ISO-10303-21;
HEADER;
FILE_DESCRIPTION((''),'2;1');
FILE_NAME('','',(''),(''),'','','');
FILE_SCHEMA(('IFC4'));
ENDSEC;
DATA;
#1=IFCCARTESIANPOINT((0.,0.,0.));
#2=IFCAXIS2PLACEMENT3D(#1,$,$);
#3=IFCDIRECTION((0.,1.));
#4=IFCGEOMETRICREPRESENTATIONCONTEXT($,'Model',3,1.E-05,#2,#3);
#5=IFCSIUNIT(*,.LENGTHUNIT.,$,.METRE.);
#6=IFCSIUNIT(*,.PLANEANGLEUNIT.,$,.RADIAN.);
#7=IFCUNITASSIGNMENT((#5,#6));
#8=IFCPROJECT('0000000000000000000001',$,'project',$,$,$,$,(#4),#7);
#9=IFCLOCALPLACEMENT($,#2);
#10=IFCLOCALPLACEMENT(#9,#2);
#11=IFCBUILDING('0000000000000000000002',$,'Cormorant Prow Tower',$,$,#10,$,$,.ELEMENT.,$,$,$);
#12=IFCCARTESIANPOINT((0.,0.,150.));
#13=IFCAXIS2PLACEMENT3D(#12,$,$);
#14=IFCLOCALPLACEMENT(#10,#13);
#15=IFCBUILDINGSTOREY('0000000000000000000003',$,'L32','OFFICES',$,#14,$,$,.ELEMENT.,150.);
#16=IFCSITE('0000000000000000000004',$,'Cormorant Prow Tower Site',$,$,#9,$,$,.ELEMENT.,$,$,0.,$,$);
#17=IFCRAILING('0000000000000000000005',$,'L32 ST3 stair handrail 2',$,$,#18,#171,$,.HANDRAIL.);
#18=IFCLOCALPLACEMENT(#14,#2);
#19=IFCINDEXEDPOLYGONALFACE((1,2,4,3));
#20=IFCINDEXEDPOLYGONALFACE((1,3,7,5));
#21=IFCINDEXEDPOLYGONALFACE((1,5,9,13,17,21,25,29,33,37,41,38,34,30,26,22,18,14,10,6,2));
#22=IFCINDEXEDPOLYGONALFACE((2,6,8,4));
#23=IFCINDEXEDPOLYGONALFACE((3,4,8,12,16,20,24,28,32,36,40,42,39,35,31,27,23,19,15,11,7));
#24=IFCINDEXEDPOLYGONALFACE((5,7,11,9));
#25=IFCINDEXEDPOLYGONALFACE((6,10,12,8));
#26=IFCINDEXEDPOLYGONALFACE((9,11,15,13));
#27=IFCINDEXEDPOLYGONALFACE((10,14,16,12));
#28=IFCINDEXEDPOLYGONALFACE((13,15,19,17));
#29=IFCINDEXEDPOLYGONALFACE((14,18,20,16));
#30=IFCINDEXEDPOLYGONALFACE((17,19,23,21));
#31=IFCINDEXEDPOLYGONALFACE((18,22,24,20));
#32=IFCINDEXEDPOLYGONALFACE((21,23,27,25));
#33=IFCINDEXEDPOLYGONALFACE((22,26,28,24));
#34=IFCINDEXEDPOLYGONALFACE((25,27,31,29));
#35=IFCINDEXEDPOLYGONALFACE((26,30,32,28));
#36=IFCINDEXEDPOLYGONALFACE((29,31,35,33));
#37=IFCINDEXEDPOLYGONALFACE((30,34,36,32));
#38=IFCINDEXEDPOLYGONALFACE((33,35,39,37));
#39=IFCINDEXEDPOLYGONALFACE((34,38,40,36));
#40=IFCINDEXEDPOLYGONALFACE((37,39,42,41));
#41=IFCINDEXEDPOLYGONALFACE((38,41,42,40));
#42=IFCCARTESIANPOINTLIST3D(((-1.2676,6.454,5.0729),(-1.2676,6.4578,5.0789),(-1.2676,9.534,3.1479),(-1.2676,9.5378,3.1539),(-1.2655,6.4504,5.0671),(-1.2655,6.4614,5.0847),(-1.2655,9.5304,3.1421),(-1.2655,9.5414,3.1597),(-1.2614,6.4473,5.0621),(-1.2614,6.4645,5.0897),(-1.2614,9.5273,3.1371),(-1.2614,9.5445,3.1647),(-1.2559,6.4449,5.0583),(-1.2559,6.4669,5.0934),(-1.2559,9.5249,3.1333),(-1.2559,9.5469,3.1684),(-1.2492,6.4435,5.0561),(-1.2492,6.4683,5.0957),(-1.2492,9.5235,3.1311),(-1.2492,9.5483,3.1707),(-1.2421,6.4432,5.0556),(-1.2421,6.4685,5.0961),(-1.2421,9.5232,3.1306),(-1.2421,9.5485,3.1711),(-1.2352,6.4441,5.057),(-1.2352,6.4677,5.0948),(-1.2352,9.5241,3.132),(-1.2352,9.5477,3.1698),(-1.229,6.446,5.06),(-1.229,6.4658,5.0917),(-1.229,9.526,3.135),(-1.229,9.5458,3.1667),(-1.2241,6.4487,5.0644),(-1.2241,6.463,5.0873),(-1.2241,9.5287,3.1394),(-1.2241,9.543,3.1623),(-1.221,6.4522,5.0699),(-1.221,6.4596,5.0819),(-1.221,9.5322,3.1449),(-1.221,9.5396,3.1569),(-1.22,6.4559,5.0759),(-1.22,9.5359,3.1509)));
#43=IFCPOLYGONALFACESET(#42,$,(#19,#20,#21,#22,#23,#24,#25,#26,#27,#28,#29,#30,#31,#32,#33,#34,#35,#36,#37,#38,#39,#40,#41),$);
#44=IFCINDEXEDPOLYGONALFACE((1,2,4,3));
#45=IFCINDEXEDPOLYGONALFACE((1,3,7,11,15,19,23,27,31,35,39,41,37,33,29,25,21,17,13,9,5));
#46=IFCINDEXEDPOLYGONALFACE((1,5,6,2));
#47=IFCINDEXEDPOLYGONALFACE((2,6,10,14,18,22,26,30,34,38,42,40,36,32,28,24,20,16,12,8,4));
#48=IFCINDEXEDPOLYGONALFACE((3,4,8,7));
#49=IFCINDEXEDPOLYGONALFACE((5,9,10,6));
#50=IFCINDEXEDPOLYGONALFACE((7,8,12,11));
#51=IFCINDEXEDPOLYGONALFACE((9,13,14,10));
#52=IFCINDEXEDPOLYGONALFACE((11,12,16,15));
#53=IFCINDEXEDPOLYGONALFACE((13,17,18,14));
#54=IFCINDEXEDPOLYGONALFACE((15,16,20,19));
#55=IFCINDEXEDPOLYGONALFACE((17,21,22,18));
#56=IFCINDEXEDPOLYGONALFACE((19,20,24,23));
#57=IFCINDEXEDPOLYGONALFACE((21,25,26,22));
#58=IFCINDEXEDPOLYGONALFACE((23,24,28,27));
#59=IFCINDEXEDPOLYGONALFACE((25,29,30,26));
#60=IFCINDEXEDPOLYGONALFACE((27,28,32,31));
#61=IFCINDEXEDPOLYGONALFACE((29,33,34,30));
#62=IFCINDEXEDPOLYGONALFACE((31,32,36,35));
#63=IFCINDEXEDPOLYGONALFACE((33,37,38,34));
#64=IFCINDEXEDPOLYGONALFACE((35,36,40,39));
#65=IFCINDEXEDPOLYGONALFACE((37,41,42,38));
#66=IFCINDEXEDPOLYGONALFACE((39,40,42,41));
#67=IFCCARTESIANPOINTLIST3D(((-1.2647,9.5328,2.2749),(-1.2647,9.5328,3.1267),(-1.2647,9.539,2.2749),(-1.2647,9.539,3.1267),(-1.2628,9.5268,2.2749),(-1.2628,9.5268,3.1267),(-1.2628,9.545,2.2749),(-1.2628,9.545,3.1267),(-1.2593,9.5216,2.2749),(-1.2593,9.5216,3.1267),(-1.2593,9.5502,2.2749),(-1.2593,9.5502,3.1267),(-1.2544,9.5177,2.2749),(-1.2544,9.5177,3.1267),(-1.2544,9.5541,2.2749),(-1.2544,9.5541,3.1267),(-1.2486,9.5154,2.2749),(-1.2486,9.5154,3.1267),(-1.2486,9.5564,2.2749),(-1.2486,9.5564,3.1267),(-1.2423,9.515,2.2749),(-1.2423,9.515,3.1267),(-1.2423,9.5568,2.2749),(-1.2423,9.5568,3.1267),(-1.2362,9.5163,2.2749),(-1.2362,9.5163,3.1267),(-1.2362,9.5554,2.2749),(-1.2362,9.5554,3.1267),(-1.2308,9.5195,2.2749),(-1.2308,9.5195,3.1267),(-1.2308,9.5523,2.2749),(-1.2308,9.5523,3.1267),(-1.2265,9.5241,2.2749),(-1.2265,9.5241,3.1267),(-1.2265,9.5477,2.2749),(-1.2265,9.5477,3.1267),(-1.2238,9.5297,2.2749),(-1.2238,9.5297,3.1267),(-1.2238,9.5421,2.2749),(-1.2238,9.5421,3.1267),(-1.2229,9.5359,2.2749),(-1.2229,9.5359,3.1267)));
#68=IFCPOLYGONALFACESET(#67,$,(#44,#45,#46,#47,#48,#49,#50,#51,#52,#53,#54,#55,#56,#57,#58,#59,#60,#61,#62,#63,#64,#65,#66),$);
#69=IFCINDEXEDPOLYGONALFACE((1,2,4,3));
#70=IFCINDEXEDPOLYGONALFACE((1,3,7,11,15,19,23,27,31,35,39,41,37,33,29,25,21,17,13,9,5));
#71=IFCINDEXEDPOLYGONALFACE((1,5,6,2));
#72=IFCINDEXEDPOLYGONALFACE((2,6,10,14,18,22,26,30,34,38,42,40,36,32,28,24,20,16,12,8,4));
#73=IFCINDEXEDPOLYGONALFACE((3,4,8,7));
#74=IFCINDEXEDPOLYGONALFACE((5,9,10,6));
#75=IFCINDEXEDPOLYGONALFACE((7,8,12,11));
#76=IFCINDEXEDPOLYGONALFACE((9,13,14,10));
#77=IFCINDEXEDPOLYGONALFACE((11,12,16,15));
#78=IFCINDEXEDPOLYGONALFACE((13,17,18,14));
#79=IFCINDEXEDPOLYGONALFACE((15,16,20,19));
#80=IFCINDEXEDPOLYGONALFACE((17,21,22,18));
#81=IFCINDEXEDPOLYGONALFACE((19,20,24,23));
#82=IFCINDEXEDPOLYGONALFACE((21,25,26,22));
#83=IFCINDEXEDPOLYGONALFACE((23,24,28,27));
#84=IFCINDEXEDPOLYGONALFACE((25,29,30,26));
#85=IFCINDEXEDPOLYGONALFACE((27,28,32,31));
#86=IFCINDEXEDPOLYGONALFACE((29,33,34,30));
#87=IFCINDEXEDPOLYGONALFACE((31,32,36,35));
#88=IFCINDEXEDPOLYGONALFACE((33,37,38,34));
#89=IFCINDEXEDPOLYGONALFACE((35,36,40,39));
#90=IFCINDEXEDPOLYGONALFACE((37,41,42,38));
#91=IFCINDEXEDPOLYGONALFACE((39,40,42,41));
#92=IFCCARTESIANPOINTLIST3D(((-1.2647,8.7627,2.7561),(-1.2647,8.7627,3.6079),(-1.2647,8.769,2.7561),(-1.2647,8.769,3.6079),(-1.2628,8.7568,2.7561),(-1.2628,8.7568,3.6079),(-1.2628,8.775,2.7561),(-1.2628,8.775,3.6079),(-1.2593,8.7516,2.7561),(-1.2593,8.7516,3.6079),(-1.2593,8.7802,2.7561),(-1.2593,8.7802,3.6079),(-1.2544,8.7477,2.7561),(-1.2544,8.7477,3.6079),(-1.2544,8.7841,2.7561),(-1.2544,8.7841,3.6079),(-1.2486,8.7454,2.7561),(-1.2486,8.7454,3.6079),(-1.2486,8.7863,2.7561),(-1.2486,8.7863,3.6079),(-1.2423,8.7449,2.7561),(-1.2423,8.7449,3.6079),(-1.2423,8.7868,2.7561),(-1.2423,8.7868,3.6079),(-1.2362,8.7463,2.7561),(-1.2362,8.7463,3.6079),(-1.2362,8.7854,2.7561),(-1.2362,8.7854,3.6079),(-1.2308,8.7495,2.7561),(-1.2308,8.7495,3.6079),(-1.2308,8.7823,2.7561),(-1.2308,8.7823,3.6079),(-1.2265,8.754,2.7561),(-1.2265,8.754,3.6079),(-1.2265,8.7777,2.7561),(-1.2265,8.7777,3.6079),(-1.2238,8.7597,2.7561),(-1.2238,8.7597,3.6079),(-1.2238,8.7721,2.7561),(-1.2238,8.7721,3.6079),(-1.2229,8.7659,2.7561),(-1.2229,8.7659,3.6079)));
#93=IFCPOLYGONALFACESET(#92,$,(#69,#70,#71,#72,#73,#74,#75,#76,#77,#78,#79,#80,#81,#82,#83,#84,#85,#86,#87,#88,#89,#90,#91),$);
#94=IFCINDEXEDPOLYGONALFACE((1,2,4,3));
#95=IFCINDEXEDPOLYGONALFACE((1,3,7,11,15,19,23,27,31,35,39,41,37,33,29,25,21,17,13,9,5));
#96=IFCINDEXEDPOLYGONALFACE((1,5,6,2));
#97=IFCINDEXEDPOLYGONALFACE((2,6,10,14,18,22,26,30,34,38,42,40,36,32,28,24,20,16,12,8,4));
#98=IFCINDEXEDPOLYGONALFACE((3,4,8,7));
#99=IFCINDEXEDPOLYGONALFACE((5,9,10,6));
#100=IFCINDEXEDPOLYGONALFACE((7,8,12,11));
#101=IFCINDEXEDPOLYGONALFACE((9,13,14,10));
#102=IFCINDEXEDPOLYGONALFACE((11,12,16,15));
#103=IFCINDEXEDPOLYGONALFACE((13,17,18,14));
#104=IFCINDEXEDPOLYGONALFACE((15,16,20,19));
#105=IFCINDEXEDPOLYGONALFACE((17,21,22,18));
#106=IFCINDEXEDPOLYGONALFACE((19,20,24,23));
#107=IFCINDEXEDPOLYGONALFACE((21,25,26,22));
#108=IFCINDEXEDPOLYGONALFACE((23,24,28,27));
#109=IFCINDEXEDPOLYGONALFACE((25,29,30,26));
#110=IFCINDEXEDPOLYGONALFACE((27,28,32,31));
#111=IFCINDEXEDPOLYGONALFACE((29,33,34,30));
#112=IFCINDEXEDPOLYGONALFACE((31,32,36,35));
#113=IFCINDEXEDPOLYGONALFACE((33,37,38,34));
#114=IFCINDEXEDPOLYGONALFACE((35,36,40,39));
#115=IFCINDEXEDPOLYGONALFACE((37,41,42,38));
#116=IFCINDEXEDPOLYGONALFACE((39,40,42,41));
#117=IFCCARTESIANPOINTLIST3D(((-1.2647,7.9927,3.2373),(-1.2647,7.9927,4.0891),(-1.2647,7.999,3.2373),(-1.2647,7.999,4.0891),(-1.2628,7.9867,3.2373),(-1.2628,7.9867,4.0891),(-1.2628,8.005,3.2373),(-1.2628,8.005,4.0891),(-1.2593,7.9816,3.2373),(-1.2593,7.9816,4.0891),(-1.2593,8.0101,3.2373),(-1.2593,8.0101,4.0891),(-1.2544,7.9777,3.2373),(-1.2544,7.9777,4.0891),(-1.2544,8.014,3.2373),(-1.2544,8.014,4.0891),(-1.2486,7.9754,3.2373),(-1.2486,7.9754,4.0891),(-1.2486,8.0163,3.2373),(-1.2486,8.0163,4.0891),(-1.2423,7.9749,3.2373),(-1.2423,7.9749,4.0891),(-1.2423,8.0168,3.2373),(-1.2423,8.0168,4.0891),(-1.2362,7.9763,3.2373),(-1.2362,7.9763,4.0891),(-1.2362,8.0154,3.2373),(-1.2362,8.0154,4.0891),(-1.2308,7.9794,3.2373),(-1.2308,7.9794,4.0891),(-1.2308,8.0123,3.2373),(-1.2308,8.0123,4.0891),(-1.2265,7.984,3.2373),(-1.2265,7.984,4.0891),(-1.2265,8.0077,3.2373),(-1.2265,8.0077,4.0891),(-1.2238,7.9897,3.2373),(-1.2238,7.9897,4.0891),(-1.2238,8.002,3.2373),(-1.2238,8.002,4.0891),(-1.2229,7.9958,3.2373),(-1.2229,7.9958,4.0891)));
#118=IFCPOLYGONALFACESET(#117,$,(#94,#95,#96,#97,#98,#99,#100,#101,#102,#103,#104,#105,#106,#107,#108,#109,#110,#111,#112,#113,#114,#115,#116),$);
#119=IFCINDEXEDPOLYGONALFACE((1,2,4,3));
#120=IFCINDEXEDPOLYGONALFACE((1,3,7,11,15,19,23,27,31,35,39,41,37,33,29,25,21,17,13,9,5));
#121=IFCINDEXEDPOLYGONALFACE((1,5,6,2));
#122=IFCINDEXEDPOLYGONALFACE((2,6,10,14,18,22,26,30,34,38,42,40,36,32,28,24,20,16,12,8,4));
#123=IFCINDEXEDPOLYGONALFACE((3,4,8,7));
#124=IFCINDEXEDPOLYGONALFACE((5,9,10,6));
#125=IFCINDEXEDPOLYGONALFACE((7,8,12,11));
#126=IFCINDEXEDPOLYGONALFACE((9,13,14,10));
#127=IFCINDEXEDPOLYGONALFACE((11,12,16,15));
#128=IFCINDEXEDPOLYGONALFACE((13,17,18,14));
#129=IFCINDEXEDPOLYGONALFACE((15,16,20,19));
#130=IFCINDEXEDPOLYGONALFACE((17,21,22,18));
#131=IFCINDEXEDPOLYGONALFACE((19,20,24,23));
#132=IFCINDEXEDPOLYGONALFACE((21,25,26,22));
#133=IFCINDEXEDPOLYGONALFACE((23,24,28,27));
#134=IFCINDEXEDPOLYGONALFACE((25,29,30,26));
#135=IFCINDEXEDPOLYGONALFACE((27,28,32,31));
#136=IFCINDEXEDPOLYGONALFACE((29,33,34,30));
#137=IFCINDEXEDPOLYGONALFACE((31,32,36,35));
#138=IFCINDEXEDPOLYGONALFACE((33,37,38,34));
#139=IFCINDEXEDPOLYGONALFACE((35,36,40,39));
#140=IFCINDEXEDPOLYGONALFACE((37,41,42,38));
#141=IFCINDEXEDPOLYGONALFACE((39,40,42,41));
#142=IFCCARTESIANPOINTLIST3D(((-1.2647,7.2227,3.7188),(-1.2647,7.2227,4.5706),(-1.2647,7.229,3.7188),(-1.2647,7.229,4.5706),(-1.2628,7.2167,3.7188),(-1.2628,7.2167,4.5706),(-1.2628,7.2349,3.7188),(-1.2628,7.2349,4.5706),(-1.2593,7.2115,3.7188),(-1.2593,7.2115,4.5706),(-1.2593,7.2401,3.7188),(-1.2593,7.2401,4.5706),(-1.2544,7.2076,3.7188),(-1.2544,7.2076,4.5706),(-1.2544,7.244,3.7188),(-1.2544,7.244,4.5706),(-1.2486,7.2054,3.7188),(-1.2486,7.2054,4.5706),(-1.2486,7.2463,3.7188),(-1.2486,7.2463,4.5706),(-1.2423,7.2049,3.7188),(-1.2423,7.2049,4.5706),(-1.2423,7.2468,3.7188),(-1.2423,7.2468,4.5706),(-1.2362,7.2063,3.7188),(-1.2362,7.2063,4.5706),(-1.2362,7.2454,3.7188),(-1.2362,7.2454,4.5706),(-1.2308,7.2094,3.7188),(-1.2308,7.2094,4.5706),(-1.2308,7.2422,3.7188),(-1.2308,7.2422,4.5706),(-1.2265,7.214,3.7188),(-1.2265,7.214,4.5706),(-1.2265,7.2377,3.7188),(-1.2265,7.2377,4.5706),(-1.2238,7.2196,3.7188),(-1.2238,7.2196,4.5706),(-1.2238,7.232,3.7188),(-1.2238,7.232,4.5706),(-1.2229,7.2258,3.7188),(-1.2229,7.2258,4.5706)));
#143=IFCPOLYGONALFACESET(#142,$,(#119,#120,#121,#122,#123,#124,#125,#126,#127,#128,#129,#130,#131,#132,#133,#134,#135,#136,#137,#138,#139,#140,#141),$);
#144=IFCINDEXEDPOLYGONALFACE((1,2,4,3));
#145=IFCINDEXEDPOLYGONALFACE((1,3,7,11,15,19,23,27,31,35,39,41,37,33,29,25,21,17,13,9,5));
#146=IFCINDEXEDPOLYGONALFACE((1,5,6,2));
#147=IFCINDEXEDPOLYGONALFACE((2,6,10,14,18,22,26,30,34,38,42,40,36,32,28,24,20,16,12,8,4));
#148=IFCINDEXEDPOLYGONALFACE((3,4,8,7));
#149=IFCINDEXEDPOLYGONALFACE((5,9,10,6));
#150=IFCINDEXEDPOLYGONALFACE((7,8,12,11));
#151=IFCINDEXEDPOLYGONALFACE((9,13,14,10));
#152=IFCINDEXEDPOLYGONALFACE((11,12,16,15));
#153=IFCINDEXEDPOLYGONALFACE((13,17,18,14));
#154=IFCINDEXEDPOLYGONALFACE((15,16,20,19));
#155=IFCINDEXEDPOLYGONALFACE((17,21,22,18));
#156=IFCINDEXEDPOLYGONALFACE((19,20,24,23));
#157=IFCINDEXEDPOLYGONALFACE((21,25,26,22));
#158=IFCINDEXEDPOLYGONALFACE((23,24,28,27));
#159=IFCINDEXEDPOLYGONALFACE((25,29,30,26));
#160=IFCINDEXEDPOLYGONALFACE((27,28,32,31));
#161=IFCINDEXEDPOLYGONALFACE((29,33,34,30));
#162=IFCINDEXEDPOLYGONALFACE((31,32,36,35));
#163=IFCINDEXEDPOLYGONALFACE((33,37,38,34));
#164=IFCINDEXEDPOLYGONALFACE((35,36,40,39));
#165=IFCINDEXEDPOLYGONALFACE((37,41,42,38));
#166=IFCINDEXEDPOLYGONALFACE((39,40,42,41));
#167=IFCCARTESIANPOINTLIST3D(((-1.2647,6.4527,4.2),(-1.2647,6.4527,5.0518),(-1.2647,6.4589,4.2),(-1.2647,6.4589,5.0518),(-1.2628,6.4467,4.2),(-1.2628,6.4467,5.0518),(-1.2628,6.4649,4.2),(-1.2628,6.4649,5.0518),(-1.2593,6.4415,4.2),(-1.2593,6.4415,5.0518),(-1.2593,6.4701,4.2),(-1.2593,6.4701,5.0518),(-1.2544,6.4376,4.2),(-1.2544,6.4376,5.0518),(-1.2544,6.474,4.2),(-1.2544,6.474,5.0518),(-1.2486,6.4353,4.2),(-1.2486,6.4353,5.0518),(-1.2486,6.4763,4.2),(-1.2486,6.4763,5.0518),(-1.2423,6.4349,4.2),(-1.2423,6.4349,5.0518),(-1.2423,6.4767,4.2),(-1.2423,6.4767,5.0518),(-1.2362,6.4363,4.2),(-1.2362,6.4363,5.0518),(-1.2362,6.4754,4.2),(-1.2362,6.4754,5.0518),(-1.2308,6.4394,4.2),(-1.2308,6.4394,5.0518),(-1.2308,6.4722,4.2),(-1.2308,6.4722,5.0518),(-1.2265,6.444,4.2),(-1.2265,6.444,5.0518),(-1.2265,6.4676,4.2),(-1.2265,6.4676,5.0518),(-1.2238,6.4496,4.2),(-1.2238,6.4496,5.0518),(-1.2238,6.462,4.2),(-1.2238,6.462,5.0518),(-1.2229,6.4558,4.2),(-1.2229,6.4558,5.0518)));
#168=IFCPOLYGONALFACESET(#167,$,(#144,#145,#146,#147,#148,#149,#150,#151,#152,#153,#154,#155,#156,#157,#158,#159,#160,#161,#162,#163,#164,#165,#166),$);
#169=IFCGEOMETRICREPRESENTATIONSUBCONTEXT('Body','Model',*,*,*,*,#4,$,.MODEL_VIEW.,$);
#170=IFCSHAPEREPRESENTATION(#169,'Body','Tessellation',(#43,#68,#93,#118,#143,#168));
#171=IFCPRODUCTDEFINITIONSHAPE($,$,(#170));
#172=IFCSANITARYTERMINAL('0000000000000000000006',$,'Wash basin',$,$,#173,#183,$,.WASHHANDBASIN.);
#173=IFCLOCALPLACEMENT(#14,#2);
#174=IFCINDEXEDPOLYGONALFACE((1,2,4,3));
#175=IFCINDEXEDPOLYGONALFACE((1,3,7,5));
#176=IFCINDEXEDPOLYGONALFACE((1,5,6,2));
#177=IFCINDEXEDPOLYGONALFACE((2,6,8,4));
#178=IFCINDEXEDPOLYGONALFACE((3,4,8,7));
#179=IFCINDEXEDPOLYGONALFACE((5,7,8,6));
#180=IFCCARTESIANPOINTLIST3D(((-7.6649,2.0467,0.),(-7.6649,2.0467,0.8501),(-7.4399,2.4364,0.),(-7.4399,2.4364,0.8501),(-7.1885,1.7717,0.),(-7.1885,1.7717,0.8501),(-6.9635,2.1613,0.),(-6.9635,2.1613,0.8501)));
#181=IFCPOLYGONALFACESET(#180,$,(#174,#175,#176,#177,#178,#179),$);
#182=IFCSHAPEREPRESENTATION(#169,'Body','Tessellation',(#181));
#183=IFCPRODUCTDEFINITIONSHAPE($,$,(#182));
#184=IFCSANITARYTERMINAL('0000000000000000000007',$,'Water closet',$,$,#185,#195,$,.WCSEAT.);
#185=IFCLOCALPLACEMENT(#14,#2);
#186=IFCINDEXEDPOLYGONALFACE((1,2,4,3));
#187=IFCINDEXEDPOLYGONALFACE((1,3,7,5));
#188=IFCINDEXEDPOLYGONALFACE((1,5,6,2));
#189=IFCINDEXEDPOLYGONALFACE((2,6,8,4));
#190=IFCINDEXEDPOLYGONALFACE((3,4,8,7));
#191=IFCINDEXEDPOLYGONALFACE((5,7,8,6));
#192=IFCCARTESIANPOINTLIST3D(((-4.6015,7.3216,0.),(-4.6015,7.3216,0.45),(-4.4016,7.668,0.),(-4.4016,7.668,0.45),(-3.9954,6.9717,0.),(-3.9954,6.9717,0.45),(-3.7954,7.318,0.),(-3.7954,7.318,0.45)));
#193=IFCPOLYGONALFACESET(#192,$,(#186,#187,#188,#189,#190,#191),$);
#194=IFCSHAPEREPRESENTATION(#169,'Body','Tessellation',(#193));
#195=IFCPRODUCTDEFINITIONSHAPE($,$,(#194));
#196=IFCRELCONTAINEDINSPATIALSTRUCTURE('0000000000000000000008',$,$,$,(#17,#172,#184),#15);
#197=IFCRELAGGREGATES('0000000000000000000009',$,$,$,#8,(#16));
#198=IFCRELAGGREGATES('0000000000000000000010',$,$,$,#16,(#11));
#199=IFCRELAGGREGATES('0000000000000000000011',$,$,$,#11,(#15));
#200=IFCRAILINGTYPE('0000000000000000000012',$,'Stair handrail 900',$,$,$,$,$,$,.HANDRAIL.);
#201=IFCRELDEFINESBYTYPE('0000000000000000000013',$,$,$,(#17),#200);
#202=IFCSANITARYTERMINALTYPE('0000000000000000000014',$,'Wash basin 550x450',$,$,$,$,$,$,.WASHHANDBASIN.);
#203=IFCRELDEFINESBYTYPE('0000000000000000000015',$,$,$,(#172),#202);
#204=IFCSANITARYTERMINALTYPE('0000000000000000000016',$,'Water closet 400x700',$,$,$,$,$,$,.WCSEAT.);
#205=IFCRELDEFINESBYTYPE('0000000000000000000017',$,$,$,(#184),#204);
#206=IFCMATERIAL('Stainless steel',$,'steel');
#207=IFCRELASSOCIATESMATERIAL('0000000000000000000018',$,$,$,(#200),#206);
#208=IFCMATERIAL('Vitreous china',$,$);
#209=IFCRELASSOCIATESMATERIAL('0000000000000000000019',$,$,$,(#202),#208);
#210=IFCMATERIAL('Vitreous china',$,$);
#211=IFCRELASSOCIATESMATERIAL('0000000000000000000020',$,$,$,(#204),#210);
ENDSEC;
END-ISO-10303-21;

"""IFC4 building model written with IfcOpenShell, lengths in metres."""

from ifc_helpers import new_model, si_unit, direction, frame, origin, origin_2d, place, context, subcontext, project, spatial, rectangle, circle, extrude, material, type_object, element, save


model = new_model("IFC4")

# Units and contexts
model_context = context("Model", 3, precision=1e-05, world=origin(), true_north=direction((0.0, 1.0)))
body_context = subcontext(model_context, "Body", "Model", "MODEL_VIEW")
ifc_project = project(units=[si_unit("LENGTHUNIT", "METRE"), si_unit("PLANEANGLEUNIT", "RADIAN")], contexts=[model_context])

# Site, building, storey
site_placement = place(None, origin())
site = spatial("IfcSite", under=ifc_project, at=site_placement, Name="Cormorant Prow Tower Site", CompositionType="ELEMENT", RefElevation=0.0)
building_placement = place(site_placement, origin())
building = spatial("IfcBuilding", under=site, at=building_placement, Name="Cormorant Prow Tower", CompositionType="ELEMENT")
storey_placement = place(building_placement, frame((0.0, 0.0, 150.0)))
storey = spatial("IfcBuildingStorey", under=building, at=storey_placement, Name="L32", Description="OFFICES", CompositionType="ELEMENT", Elevation=150.0)

# Railing
ifc_material_1 = material(Name="Stainless steel", Category="steel")
railing_type = type_object("IfcRailingType", Name="Stair handrail 900", PredefinedType="HANDRAIL", material=ifc_material_1)
railing_placement = place(storey_placement, frame((-1.2439, 9.5359, 2.2749)))
element("IfcRailing", 1, at=railing_placement, inside=storey, type_object=railing_type, Name="L32 ST3 stair handrail 2", PredefinedType="HANDRAIL", context=body_context, shape_type="SweptSolid", body=[
    extrude(circle(Radius=0.0239, at=origin_2d()), frame((0.0, 0.0, 0.876), z_axis=(0.0, -0.847998, 0.529999), x_axis=(1.0, 0.0, 0.0)), (0.0, 0.0, 1.0), 3.6321),
    extrude(circle(Radius=0.021, at=origin_2d()), origin(), (0.0, 0.0, 1.0), 0.8518),
    extrude(circle(Radius=0.021, at=origin_2d()), frame((0.0, -0.77, 0.4812)), (0.0, 0.0, 1.0), 0.8518),
    extrude(circle(Radius=0.021, at=origin_2d()), frame((0.0, -1.54, 0.9624)), (0.0, 0.0, 1.0), 0.8518),
    extrude(circle(Radius=0.021, at=origin_2d()), frame((0.0, -2.3101, 1.4438)), (0.0, 0.0, 1.0), 0.8518),
    extrude(circle(Radius=0.021, at=origin_2d()), frame((0.0, -3.0801, 1.925)), (0.0, 0.0, 1.0), 0.8518),
])

# Sanitary terminals
ifc_material_2 = material(Name="Vitreous china")
sanitary_terminal_type_1 = type_object("IfcSanitaryTerminalType", Name="Wash basin 550x450", PredefinedType="WASHHANDBASIN", material=ifc_material_2)
sanitary_terminal_1_placement = place(storey_placement, frame((-7.3142, 2.104, 0.0), z_axis=(0.0, 0.0, 1.0), x_axis=(0.866008, -0.50003, 0.0)))
element("IfcSanitaryTerminal", 2, at=sanitary_terminal_1_placement, inside=storey, type_object=sanitary_terminal_type_1, Name="Wash basin", PredefinedType="WASHHANDBASIN", context=body_context, shape_type="SweptSolid", body=[
    extrude(rectangle(XDim=0.55, YDim=0.45, at=origin_2d()), origin(), (0.0, 0.0, 1.0), 0.8501),
])
ifc_material_3 = material(Name="Vitreous china")
sanitary_terminal_type_2 = type_object("IfcSanitaryTerminalType", Name="Water closet 400x700", PredefinedType="WCSEAT", material=ifc_material_3)
sanitary_terminal_2_placement = place(storey_placement, frame((-4.1985, 7.3198, 0.0), z_axis=(0.0, 0.0, 1.0), x_axis=(0.5, 0.866025, 0.0)))
element("IfcSanitaryTerminal", 3, at=sanitary_terminal_2_placement, inside=storey, type_object=sanitary_terminal_type_2, Name="Water closet", PredefinedType="WCSEAT", context=body_context, shape_type="SweptSolid", body=[
    extrude(rectangle(XDim=0.3999, YDim=0.7, at=origin_2d()), origin(), (0.0, 0.0, 1.0), 0.45),
])

save(model, "model.ifc")
